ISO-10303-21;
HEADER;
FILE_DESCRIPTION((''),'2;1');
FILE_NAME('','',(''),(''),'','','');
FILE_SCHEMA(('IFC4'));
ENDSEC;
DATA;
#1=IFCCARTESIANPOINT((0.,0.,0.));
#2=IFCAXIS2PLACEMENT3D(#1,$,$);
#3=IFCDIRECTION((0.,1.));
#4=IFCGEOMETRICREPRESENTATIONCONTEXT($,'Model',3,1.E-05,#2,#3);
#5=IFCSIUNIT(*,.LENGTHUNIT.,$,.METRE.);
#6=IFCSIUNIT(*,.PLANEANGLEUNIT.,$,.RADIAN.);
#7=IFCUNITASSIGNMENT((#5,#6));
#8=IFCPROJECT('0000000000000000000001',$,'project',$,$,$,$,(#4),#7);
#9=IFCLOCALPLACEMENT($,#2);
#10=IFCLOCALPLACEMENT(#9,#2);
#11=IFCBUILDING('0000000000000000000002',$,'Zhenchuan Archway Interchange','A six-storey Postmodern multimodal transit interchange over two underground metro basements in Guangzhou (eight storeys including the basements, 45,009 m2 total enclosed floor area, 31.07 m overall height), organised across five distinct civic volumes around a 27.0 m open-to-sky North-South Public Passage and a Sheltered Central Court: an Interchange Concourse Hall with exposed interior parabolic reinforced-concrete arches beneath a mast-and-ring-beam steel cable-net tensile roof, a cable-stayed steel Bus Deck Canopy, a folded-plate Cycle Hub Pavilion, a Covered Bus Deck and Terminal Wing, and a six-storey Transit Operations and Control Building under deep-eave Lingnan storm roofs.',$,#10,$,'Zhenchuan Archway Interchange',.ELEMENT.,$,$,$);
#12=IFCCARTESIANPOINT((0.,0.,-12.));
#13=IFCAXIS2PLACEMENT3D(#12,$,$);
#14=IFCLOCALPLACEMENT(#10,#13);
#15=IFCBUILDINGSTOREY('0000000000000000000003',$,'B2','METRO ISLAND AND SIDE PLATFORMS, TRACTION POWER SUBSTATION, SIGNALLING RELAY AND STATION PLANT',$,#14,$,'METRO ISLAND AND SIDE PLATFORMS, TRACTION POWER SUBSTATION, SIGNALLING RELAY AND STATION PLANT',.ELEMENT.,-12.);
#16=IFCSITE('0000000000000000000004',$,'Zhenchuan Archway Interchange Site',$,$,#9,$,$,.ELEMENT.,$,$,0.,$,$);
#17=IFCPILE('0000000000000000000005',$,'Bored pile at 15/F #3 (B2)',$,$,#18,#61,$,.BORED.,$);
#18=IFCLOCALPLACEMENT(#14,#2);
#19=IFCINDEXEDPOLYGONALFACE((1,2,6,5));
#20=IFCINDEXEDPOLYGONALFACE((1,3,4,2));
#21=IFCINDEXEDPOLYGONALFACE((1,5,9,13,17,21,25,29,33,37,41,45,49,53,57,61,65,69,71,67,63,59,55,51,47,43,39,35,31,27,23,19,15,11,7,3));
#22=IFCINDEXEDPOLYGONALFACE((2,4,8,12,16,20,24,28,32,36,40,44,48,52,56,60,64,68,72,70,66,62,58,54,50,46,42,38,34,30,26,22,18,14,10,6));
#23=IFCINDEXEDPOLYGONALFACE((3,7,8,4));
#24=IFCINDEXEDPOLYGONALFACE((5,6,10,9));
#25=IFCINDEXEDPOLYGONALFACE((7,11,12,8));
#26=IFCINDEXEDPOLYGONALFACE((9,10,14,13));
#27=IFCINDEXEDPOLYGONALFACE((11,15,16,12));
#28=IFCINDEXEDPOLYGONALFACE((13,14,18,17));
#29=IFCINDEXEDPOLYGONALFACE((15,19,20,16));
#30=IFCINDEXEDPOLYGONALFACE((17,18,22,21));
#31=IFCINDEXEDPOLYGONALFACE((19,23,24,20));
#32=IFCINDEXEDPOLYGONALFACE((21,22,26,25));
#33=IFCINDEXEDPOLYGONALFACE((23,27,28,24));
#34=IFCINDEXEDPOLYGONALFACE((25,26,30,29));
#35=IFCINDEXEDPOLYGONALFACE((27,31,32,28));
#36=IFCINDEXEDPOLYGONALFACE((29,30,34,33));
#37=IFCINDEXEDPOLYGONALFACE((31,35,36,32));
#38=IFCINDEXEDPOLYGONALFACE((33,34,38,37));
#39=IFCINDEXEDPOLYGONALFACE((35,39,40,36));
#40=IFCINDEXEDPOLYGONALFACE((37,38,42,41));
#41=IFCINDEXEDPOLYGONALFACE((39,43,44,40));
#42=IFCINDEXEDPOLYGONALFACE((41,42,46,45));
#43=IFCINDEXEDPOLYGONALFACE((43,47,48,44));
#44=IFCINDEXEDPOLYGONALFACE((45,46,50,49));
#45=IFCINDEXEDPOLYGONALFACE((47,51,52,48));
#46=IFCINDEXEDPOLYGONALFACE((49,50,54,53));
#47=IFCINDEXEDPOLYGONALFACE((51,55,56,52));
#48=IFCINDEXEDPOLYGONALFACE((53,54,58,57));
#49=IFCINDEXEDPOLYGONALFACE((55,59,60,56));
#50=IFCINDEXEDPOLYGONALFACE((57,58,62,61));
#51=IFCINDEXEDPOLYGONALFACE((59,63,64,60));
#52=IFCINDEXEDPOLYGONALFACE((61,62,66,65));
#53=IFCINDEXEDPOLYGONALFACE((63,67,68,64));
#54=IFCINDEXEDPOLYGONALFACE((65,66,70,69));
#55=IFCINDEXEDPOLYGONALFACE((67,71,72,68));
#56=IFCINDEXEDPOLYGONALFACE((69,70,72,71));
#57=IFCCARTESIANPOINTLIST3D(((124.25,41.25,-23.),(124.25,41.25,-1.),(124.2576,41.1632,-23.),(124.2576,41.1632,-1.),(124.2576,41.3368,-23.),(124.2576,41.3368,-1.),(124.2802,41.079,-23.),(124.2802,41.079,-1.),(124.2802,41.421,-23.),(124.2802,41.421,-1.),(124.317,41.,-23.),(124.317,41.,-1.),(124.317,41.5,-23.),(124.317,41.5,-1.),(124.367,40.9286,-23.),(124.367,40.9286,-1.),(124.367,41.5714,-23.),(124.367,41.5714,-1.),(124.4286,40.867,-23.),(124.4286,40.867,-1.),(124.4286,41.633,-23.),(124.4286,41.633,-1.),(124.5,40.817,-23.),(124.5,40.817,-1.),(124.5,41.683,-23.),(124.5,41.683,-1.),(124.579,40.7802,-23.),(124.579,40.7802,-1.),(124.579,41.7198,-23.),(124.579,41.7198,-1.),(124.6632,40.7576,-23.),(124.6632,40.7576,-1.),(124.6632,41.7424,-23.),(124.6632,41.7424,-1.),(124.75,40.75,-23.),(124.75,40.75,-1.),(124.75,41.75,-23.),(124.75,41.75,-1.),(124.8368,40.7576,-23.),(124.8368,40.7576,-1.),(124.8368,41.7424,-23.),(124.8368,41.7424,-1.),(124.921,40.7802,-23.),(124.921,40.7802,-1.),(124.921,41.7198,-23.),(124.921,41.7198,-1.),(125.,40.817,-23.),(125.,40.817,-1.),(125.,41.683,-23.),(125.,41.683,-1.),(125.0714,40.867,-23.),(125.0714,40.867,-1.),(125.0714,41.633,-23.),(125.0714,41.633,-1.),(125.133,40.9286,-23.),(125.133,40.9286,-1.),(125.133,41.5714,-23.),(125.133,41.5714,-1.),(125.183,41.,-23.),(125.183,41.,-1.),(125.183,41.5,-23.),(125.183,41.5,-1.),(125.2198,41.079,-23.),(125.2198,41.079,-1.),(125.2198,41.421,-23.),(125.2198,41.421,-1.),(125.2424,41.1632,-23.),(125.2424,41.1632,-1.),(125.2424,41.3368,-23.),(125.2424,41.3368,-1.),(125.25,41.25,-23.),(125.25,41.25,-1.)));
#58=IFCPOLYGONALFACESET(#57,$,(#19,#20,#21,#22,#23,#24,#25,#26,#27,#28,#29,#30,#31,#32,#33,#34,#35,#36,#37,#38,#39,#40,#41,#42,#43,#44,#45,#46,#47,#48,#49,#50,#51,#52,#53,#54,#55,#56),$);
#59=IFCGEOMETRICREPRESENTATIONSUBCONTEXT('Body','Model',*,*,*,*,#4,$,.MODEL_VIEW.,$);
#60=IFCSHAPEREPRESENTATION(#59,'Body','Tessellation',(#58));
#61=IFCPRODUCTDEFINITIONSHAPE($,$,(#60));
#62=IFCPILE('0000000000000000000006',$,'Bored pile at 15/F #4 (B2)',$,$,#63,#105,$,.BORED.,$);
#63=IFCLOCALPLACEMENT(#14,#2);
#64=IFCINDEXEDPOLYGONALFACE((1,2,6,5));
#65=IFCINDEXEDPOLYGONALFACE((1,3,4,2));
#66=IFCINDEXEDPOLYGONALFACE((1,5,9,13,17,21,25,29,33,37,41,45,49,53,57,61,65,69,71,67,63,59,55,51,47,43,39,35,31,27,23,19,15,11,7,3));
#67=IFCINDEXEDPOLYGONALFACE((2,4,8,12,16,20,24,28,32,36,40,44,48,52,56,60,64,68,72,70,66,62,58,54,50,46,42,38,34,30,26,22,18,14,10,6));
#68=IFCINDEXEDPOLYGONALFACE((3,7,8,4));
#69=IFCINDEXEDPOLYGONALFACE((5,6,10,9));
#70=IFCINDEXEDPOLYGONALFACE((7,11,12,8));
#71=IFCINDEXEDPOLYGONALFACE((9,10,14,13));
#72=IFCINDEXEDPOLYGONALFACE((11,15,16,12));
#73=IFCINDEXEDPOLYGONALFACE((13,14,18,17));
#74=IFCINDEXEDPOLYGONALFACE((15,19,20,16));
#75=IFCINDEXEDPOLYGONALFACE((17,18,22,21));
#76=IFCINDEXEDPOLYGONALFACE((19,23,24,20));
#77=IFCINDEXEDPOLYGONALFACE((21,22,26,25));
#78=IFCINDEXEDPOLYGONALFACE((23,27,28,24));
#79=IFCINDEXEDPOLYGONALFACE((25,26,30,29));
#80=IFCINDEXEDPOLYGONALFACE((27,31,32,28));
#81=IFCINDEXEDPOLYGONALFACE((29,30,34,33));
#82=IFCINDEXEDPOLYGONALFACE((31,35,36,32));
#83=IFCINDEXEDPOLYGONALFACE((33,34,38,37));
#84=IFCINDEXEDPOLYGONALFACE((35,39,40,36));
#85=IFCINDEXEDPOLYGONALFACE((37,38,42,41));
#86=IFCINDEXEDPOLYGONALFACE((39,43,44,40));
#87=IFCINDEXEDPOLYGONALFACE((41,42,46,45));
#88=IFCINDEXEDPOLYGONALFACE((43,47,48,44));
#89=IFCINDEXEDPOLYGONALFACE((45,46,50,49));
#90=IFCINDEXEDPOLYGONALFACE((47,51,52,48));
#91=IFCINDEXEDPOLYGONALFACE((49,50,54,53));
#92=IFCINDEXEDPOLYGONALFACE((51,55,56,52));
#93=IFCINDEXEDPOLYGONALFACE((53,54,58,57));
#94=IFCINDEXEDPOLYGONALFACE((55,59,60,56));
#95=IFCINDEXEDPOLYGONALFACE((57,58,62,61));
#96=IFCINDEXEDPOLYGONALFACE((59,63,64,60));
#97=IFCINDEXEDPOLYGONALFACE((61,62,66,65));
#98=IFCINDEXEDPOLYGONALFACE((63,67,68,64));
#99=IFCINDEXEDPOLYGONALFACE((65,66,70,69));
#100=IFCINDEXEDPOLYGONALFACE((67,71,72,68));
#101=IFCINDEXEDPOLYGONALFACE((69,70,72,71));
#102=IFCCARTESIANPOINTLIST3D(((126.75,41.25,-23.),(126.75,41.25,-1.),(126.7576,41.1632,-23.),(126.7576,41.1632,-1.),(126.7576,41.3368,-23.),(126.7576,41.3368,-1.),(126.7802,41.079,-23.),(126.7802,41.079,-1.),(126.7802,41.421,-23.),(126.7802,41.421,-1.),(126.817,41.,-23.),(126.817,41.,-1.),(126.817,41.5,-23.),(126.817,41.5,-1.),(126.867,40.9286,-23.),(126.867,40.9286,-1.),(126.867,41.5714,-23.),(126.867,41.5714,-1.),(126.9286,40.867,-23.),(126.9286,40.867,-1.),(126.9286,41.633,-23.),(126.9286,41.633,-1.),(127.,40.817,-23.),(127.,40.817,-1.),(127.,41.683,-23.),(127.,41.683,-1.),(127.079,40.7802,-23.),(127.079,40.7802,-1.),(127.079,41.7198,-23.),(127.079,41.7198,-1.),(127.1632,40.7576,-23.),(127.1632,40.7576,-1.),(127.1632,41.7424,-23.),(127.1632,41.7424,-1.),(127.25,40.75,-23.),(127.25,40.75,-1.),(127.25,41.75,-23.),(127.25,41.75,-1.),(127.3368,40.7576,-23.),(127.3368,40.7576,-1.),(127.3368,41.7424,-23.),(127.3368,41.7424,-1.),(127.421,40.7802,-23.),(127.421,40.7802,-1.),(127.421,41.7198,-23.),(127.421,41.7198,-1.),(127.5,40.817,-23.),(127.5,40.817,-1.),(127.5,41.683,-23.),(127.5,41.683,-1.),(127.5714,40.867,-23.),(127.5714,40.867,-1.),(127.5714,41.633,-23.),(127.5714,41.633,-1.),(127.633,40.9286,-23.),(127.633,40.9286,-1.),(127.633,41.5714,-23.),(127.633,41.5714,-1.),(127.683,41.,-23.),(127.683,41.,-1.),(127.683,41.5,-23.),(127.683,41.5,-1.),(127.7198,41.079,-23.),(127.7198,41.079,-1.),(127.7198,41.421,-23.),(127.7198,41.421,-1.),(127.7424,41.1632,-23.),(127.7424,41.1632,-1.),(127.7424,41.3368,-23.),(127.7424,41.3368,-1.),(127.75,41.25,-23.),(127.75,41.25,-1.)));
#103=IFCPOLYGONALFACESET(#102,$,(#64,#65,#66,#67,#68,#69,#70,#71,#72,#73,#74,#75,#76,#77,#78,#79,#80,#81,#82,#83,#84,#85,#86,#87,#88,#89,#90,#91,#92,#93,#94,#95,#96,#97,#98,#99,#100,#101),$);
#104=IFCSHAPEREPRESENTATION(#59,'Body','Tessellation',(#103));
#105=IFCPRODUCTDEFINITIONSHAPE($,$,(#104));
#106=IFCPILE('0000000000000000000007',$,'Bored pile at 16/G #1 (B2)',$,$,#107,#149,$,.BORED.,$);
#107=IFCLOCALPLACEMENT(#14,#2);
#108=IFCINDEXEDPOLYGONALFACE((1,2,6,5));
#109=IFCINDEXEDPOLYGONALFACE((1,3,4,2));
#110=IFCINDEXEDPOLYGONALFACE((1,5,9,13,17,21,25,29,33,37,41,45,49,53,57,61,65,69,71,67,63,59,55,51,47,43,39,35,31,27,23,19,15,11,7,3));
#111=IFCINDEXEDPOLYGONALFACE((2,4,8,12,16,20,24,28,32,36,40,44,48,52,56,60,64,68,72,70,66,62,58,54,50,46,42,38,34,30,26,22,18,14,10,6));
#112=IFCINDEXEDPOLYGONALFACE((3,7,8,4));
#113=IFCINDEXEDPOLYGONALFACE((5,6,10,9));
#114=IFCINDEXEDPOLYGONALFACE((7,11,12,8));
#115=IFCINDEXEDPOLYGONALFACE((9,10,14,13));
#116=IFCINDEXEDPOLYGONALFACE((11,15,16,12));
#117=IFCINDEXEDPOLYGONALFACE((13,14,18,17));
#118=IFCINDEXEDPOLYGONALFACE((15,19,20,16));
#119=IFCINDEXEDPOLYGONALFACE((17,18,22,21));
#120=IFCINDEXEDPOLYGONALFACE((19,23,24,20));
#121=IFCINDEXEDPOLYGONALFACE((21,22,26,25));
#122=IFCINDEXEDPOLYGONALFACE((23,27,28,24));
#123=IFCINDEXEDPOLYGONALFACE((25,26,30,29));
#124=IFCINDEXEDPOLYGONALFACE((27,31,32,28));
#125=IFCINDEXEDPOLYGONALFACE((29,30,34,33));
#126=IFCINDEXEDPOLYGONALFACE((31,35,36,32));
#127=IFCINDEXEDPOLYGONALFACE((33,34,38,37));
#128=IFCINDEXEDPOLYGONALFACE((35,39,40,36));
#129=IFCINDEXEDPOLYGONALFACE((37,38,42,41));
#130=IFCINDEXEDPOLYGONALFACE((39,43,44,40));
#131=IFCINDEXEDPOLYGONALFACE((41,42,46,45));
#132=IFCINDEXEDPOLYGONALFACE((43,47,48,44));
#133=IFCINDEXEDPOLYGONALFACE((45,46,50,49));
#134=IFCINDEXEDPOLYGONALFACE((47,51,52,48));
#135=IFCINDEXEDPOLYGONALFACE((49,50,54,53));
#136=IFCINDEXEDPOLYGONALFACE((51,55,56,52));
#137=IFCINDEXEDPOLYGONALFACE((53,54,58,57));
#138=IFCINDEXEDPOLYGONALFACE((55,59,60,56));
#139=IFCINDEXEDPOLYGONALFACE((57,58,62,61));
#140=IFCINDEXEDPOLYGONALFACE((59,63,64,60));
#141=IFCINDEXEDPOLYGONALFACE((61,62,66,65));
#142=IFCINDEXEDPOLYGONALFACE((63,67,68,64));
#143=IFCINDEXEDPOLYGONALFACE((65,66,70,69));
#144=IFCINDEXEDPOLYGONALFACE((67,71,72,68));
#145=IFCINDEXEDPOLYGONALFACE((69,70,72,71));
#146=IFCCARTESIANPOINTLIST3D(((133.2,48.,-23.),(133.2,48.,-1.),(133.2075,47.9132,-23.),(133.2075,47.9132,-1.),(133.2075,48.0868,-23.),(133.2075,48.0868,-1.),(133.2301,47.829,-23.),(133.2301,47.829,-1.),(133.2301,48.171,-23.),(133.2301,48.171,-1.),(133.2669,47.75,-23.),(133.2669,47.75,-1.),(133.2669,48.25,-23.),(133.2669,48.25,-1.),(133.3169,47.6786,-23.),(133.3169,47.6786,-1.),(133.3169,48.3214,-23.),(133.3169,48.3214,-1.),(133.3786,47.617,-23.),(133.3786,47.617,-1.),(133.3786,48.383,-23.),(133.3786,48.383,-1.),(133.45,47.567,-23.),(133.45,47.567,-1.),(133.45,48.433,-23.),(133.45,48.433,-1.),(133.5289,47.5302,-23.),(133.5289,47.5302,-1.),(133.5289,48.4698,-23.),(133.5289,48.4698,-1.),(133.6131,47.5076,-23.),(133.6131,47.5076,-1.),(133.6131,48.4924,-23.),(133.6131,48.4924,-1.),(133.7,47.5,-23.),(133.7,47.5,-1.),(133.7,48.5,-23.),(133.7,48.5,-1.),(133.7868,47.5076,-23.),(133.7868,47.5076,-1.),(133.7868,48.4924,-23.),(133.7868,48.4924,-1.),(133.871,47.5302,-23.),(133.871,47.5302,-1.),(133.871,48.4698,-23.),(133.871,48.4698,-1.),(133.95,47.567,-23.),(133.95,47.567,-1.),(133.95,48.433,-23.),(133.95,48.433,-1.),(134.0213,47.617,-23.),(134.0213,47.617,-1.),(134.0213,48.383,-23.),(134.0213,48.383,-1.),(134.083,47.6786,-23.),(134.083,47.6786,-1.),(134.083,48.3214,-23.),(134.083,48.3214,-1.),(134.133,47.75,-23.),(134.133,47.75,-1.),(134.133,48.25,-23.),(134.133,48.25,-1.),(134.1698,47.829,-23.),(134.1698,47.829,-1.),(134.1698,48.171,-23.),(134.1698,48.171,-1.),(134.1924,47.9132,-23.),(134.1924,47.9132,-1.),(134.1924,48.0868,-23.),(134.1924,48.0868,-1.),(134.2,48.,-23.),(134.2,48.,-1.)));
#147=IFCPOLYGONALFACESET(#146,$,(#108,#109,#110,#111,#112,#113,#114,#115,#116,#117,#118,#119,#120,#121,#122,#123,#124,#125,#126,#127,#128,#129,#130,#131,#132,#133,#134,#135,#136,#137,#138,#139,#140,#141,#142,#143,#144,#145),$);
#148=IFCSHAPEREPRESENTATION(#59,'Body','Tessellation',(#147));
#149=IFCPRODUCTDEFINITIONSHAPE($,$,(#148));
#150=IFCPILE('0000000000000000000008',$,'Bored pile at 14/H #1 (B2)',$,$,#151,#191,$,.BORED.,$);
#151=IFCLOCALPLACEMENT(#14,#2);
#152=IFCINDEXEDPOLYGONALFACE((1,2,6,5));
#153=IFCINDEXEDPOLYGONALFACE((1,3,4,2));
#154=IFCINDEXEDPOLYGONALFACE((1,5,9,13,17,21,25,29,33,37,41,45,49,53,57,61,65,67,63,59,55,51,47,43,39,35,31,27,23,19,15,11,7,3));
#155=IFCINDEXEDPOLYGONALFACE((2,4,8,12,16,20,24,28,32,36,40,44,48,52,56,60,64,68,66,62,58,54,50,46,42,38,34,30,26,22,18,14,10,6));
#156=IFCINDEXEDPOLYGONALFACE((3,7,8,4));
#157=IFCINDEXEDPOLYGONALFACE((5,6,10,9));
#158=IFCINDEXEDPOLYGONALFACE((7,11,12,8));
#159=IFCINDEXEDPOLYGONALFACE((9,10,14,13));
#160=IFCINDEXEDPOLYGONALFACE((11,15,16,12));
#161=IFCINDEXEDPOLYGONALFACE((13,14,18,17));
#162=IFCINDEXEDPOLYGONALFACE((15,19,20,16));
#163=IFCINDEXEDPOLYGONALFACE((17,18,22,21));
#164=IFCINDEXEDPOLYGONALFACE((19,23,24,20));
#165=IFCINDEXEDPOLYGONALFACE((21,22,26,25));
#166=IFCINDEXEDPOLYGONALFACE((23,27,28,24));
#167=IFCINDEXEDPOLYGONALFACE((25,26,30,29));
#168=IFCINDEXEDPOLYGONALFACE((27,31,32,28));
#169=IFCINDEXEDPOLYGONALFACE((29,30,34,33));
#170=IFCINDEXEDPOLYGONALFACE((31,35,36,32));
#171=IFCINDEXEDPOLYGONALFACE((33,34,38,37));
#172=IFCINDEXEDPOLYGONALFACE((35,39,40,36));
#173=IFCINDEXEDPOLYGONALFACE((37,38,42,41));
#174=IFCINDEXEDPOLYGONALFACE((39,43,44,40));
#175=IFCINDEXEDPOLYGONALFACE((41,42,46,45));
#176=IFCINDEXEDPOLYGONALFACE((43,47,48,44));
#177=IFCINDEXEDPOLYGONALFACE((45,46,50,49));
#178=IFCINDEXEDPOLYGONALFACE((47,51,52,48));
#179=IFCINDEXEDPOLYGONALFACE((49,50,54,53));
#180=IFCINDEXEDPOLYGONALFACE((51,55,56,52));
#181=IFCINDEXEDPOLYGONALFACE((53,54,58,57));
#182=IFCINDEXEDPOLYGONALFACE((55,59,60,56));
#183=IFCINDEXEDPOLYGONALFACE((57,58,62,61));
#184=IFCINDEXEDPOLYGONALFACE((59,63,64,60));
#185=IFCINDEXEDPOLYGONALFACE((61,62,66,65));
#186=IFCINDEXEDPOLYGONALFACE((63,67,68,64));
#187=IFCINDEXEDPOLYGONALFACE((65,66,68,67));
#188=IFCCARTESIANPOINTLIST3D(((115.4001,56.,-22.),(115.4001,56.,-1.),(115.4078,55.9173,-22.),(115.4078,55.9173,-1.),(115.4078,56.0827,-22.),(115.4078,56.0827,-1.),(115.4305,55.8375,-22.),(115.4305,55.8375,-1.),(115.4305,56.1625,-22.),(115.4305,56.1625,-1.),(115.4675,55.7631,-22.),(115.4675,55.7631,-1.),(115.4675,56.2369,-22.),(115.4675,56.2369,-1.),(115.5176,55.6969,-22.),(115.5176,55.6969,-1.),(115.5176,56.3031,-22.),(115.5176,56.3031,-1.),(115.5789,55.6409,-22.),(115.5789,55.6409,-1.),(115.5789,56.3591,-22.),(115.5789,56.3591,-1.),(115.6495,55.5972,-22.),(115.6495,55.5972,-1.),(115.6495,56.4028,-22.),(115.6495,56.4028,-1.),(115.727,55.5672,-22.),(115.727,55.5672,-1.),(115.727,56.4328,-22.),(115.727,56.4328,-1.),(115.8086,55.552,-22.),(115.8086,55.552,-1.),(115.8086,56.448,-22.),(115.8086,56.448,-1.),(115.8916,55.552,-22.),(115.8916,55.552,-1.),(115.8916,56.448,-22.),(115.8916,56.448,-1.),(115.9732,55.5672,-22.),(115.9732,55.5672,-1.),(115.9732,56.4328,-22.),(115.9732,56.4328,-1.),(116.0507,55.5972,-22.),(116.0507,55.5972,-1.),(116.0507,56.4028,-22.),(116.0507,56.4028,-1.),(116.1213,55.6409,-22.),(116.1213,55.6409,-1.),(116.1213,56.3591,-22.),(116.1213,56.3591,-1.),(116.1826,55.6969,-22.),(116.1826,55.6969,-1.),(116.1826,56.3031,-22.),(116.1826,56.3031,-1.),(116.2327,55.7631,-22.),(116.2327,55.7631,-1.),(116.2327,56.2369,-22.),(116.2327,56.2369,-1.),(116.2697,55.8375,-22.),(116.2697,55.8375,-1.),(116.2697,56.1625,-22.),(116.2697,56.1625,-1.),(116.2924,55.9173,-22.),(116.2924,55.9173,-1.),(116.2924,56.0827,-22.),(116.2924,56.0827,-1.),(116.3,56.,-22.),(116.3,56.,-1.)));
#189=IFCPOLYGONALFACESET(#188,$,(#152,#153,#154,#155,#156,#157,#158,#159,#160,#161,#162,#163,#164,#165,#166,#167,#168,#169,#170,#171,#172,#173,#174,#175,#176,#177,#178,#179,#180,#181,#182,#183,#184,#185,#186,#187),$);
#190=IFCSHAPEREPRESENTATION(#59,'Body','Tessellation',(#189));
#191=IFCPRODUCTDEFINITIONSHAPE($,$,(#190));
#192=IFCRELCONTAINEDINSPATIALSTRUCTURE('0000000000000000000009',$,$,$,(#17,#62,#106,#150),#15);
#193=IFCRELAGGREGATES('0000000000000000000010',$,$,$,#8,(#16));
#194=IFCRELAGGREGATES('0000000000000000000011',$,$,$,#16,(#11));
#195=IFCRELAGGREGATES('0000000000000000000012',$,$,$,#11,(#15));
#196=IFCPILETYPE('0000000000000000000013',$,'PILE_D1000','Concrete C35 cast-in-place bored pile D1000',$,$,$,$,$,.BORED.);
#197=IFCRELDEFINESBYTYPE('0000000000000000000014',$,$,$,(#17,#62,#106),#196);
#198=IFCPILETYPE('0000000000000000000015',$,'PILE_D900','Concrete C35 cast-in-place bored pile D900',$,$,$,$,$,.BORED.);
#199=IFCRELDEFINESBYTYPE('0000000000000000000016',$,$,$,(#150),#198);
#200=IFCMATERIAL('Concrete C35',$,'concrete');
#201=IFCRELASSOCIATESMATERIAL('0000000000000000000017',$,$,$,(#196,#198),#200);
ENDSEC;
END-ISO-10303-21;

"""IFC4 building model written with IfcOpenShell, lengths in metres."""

from ifc_helpers import new_model, si_unit, direction, frame, origin, origin_2d, place, context, subcontext, project, spatial, circle, extrude, material, material_profile, profile_set, type_object, element, save


model = new_model("IFC4")

# Units and contexts
model_context = context("Model", 3, precision=1e-05, world=origin(), true_north=direction((0.0, 1.0)))
body_context = subcontext(model_context, "Body", "Model", "MODEL_VIEW")
ifc_project = project(units=[si_unit("LENGTHUNIT", "METRE"), si_unit("PLANEANGLEUNIT", "RADIAN")], contexts=[model_context])

# Site, building, storey
site_placement = place(None, origin())
site = spatial("IfcSite", under=ifc_project, at=site_placement, Name="Zhenchuan Archway Interchange Site", CompositionType="ELEMENT", RefElevation=0.0)
building_placement = place(site_placement, origin())
building = spatial("IfcBuilding", under=site, at=building_placement, Name="Zhenchuan Archway Interchange", Description="A six-storey Postmodern multimodal transit interchange over two underground metro basements in Guangzhou (eight storeys including the basements, 45,009 m2 total enclosed floor area, 31.07 m overall height), organised across five distinct civic volumes around a 27.0 m open-to-sky North-South Public Passage and a Sheltered Central Court: an Interchange Concourse Hall with exposed interior parabolic reinforced-concrete arches beneath a mast-and-ring-beam steel cable-net tensile roof, a cable-stayed steel Bus Deck Canopy, a folded-plate Cycle Hub Pavilion, a Covered Bus Deck and Terminal Wing, and a six-storey Transit Operations and Control Building under deep-eave Lingnan storm roofs.", LongName="Zhenchuan Archway Interchange", CompositionType="ELEMENT")
storey_placement = place(building_placement, frame((0.0, 0.0, -12.0)))
storey = spatial("IfcBuildingStorey", under=building, at=storey_placement, Name="B2", Description="METRO ISLAND AND SIDE PLATFORMS, TRACTION POWER SUBSTATION, SIGNALLING RELAY AND STATION PLANT", LongName="METRO ISLAND AND SIDE PLATFORMS, TRACTION POWER SUBSTATION, SIGNALLING RELAY AND STATION PLANT", CompositionType="ELEMENT", Elevation=-12.0)

# Piles
ifc_material_1 = material(Name="Concrete C35", Category="concrete")
ifc_material_profile_1 = material_profile(ifc_material_1, circle(Radius=0.5, at=origin_2d()), Name="BORED PILE 1000")
ifc_profile_set_1 = profile_set([ifc_material_profile_1], Name="Concrete C35")
pile_type_1 = type_object("IfcPileType", Name="PILE_D1000", Description="Concrete C35 cast-in-place bored pile D1000", PredefinedType="BORED", material=ifc_profile_set_1)
for number, where, z_axis, x_axis, name in (
    (1, (124.75, 41.25, -1.0), (0.0, 0.0, -1.0), (1.0, 0.0, 0.0), "Bored pile at 15/F #3 (B2)"),
    (2, (127.25, 41.25, -1.0), (0.0, 0.0, -1.0), (1.0, 0.0, 0.0), "Bored pile at 15/F #4 (B2)"),
    (3, (133.7, 48.0, -1.0), (0.0, 0.0, -1.0), (1.0, 0.0, 0.0), "Bored pile at 16/G #1 (B2)"),
):
    element("IfcPile", number, at=place(storey_placement, frame(where, z_axis=z_axis, x_axis=x_axis)), inside=storey, type_object=pile_type_1, Name=name, PredefinedType="BORED", context=body_context, shape_type="SweptSolid", body=[
        extrude(circle(Radius=0.5, at=origin_2d()), origin(), (0.0, 0.0, 1.0), 22.0),
    ])
ifc_material_profile_2 = material_profile(ifc_material_1, circle(Radius=0.45, at=origin_2d()), Name="BORED PILE 900")
ifc_profile_set_2 = profile_set([ifc_material_profile_2], Name="Concrete C35")
pile_type_2 = type_object("IfcPileType", Name="PILE_D900", Description="Concrete C35 cast-in-place bored pile D900", PredefinedType="BORED", material=ifc_profile_set_2)
for number, where, z_axis, x_axis, name in (
    (4, (115.8501, 56.0, -1.0), (0.0, 0.0, -1.0), (1.0, 0.0, 0.0), "Bored pile at 14/H #1 (B2)"),
):
    element("IfcPile", number, at=place(storey_placement, frame(where, z_axis=z_axis, x_axis=x_axis)), inside=storey, type_object=pile_type_2, Name=name, PredefinedType="BORED", context=body_context, shape_type="SweptSolid", body=[
        extrude(circle(Radius=0.45, at=origin_2d()), origin(), (0.0, 0.0, 1.0), 21.0),
    ])

save(model, "model.ifc")
